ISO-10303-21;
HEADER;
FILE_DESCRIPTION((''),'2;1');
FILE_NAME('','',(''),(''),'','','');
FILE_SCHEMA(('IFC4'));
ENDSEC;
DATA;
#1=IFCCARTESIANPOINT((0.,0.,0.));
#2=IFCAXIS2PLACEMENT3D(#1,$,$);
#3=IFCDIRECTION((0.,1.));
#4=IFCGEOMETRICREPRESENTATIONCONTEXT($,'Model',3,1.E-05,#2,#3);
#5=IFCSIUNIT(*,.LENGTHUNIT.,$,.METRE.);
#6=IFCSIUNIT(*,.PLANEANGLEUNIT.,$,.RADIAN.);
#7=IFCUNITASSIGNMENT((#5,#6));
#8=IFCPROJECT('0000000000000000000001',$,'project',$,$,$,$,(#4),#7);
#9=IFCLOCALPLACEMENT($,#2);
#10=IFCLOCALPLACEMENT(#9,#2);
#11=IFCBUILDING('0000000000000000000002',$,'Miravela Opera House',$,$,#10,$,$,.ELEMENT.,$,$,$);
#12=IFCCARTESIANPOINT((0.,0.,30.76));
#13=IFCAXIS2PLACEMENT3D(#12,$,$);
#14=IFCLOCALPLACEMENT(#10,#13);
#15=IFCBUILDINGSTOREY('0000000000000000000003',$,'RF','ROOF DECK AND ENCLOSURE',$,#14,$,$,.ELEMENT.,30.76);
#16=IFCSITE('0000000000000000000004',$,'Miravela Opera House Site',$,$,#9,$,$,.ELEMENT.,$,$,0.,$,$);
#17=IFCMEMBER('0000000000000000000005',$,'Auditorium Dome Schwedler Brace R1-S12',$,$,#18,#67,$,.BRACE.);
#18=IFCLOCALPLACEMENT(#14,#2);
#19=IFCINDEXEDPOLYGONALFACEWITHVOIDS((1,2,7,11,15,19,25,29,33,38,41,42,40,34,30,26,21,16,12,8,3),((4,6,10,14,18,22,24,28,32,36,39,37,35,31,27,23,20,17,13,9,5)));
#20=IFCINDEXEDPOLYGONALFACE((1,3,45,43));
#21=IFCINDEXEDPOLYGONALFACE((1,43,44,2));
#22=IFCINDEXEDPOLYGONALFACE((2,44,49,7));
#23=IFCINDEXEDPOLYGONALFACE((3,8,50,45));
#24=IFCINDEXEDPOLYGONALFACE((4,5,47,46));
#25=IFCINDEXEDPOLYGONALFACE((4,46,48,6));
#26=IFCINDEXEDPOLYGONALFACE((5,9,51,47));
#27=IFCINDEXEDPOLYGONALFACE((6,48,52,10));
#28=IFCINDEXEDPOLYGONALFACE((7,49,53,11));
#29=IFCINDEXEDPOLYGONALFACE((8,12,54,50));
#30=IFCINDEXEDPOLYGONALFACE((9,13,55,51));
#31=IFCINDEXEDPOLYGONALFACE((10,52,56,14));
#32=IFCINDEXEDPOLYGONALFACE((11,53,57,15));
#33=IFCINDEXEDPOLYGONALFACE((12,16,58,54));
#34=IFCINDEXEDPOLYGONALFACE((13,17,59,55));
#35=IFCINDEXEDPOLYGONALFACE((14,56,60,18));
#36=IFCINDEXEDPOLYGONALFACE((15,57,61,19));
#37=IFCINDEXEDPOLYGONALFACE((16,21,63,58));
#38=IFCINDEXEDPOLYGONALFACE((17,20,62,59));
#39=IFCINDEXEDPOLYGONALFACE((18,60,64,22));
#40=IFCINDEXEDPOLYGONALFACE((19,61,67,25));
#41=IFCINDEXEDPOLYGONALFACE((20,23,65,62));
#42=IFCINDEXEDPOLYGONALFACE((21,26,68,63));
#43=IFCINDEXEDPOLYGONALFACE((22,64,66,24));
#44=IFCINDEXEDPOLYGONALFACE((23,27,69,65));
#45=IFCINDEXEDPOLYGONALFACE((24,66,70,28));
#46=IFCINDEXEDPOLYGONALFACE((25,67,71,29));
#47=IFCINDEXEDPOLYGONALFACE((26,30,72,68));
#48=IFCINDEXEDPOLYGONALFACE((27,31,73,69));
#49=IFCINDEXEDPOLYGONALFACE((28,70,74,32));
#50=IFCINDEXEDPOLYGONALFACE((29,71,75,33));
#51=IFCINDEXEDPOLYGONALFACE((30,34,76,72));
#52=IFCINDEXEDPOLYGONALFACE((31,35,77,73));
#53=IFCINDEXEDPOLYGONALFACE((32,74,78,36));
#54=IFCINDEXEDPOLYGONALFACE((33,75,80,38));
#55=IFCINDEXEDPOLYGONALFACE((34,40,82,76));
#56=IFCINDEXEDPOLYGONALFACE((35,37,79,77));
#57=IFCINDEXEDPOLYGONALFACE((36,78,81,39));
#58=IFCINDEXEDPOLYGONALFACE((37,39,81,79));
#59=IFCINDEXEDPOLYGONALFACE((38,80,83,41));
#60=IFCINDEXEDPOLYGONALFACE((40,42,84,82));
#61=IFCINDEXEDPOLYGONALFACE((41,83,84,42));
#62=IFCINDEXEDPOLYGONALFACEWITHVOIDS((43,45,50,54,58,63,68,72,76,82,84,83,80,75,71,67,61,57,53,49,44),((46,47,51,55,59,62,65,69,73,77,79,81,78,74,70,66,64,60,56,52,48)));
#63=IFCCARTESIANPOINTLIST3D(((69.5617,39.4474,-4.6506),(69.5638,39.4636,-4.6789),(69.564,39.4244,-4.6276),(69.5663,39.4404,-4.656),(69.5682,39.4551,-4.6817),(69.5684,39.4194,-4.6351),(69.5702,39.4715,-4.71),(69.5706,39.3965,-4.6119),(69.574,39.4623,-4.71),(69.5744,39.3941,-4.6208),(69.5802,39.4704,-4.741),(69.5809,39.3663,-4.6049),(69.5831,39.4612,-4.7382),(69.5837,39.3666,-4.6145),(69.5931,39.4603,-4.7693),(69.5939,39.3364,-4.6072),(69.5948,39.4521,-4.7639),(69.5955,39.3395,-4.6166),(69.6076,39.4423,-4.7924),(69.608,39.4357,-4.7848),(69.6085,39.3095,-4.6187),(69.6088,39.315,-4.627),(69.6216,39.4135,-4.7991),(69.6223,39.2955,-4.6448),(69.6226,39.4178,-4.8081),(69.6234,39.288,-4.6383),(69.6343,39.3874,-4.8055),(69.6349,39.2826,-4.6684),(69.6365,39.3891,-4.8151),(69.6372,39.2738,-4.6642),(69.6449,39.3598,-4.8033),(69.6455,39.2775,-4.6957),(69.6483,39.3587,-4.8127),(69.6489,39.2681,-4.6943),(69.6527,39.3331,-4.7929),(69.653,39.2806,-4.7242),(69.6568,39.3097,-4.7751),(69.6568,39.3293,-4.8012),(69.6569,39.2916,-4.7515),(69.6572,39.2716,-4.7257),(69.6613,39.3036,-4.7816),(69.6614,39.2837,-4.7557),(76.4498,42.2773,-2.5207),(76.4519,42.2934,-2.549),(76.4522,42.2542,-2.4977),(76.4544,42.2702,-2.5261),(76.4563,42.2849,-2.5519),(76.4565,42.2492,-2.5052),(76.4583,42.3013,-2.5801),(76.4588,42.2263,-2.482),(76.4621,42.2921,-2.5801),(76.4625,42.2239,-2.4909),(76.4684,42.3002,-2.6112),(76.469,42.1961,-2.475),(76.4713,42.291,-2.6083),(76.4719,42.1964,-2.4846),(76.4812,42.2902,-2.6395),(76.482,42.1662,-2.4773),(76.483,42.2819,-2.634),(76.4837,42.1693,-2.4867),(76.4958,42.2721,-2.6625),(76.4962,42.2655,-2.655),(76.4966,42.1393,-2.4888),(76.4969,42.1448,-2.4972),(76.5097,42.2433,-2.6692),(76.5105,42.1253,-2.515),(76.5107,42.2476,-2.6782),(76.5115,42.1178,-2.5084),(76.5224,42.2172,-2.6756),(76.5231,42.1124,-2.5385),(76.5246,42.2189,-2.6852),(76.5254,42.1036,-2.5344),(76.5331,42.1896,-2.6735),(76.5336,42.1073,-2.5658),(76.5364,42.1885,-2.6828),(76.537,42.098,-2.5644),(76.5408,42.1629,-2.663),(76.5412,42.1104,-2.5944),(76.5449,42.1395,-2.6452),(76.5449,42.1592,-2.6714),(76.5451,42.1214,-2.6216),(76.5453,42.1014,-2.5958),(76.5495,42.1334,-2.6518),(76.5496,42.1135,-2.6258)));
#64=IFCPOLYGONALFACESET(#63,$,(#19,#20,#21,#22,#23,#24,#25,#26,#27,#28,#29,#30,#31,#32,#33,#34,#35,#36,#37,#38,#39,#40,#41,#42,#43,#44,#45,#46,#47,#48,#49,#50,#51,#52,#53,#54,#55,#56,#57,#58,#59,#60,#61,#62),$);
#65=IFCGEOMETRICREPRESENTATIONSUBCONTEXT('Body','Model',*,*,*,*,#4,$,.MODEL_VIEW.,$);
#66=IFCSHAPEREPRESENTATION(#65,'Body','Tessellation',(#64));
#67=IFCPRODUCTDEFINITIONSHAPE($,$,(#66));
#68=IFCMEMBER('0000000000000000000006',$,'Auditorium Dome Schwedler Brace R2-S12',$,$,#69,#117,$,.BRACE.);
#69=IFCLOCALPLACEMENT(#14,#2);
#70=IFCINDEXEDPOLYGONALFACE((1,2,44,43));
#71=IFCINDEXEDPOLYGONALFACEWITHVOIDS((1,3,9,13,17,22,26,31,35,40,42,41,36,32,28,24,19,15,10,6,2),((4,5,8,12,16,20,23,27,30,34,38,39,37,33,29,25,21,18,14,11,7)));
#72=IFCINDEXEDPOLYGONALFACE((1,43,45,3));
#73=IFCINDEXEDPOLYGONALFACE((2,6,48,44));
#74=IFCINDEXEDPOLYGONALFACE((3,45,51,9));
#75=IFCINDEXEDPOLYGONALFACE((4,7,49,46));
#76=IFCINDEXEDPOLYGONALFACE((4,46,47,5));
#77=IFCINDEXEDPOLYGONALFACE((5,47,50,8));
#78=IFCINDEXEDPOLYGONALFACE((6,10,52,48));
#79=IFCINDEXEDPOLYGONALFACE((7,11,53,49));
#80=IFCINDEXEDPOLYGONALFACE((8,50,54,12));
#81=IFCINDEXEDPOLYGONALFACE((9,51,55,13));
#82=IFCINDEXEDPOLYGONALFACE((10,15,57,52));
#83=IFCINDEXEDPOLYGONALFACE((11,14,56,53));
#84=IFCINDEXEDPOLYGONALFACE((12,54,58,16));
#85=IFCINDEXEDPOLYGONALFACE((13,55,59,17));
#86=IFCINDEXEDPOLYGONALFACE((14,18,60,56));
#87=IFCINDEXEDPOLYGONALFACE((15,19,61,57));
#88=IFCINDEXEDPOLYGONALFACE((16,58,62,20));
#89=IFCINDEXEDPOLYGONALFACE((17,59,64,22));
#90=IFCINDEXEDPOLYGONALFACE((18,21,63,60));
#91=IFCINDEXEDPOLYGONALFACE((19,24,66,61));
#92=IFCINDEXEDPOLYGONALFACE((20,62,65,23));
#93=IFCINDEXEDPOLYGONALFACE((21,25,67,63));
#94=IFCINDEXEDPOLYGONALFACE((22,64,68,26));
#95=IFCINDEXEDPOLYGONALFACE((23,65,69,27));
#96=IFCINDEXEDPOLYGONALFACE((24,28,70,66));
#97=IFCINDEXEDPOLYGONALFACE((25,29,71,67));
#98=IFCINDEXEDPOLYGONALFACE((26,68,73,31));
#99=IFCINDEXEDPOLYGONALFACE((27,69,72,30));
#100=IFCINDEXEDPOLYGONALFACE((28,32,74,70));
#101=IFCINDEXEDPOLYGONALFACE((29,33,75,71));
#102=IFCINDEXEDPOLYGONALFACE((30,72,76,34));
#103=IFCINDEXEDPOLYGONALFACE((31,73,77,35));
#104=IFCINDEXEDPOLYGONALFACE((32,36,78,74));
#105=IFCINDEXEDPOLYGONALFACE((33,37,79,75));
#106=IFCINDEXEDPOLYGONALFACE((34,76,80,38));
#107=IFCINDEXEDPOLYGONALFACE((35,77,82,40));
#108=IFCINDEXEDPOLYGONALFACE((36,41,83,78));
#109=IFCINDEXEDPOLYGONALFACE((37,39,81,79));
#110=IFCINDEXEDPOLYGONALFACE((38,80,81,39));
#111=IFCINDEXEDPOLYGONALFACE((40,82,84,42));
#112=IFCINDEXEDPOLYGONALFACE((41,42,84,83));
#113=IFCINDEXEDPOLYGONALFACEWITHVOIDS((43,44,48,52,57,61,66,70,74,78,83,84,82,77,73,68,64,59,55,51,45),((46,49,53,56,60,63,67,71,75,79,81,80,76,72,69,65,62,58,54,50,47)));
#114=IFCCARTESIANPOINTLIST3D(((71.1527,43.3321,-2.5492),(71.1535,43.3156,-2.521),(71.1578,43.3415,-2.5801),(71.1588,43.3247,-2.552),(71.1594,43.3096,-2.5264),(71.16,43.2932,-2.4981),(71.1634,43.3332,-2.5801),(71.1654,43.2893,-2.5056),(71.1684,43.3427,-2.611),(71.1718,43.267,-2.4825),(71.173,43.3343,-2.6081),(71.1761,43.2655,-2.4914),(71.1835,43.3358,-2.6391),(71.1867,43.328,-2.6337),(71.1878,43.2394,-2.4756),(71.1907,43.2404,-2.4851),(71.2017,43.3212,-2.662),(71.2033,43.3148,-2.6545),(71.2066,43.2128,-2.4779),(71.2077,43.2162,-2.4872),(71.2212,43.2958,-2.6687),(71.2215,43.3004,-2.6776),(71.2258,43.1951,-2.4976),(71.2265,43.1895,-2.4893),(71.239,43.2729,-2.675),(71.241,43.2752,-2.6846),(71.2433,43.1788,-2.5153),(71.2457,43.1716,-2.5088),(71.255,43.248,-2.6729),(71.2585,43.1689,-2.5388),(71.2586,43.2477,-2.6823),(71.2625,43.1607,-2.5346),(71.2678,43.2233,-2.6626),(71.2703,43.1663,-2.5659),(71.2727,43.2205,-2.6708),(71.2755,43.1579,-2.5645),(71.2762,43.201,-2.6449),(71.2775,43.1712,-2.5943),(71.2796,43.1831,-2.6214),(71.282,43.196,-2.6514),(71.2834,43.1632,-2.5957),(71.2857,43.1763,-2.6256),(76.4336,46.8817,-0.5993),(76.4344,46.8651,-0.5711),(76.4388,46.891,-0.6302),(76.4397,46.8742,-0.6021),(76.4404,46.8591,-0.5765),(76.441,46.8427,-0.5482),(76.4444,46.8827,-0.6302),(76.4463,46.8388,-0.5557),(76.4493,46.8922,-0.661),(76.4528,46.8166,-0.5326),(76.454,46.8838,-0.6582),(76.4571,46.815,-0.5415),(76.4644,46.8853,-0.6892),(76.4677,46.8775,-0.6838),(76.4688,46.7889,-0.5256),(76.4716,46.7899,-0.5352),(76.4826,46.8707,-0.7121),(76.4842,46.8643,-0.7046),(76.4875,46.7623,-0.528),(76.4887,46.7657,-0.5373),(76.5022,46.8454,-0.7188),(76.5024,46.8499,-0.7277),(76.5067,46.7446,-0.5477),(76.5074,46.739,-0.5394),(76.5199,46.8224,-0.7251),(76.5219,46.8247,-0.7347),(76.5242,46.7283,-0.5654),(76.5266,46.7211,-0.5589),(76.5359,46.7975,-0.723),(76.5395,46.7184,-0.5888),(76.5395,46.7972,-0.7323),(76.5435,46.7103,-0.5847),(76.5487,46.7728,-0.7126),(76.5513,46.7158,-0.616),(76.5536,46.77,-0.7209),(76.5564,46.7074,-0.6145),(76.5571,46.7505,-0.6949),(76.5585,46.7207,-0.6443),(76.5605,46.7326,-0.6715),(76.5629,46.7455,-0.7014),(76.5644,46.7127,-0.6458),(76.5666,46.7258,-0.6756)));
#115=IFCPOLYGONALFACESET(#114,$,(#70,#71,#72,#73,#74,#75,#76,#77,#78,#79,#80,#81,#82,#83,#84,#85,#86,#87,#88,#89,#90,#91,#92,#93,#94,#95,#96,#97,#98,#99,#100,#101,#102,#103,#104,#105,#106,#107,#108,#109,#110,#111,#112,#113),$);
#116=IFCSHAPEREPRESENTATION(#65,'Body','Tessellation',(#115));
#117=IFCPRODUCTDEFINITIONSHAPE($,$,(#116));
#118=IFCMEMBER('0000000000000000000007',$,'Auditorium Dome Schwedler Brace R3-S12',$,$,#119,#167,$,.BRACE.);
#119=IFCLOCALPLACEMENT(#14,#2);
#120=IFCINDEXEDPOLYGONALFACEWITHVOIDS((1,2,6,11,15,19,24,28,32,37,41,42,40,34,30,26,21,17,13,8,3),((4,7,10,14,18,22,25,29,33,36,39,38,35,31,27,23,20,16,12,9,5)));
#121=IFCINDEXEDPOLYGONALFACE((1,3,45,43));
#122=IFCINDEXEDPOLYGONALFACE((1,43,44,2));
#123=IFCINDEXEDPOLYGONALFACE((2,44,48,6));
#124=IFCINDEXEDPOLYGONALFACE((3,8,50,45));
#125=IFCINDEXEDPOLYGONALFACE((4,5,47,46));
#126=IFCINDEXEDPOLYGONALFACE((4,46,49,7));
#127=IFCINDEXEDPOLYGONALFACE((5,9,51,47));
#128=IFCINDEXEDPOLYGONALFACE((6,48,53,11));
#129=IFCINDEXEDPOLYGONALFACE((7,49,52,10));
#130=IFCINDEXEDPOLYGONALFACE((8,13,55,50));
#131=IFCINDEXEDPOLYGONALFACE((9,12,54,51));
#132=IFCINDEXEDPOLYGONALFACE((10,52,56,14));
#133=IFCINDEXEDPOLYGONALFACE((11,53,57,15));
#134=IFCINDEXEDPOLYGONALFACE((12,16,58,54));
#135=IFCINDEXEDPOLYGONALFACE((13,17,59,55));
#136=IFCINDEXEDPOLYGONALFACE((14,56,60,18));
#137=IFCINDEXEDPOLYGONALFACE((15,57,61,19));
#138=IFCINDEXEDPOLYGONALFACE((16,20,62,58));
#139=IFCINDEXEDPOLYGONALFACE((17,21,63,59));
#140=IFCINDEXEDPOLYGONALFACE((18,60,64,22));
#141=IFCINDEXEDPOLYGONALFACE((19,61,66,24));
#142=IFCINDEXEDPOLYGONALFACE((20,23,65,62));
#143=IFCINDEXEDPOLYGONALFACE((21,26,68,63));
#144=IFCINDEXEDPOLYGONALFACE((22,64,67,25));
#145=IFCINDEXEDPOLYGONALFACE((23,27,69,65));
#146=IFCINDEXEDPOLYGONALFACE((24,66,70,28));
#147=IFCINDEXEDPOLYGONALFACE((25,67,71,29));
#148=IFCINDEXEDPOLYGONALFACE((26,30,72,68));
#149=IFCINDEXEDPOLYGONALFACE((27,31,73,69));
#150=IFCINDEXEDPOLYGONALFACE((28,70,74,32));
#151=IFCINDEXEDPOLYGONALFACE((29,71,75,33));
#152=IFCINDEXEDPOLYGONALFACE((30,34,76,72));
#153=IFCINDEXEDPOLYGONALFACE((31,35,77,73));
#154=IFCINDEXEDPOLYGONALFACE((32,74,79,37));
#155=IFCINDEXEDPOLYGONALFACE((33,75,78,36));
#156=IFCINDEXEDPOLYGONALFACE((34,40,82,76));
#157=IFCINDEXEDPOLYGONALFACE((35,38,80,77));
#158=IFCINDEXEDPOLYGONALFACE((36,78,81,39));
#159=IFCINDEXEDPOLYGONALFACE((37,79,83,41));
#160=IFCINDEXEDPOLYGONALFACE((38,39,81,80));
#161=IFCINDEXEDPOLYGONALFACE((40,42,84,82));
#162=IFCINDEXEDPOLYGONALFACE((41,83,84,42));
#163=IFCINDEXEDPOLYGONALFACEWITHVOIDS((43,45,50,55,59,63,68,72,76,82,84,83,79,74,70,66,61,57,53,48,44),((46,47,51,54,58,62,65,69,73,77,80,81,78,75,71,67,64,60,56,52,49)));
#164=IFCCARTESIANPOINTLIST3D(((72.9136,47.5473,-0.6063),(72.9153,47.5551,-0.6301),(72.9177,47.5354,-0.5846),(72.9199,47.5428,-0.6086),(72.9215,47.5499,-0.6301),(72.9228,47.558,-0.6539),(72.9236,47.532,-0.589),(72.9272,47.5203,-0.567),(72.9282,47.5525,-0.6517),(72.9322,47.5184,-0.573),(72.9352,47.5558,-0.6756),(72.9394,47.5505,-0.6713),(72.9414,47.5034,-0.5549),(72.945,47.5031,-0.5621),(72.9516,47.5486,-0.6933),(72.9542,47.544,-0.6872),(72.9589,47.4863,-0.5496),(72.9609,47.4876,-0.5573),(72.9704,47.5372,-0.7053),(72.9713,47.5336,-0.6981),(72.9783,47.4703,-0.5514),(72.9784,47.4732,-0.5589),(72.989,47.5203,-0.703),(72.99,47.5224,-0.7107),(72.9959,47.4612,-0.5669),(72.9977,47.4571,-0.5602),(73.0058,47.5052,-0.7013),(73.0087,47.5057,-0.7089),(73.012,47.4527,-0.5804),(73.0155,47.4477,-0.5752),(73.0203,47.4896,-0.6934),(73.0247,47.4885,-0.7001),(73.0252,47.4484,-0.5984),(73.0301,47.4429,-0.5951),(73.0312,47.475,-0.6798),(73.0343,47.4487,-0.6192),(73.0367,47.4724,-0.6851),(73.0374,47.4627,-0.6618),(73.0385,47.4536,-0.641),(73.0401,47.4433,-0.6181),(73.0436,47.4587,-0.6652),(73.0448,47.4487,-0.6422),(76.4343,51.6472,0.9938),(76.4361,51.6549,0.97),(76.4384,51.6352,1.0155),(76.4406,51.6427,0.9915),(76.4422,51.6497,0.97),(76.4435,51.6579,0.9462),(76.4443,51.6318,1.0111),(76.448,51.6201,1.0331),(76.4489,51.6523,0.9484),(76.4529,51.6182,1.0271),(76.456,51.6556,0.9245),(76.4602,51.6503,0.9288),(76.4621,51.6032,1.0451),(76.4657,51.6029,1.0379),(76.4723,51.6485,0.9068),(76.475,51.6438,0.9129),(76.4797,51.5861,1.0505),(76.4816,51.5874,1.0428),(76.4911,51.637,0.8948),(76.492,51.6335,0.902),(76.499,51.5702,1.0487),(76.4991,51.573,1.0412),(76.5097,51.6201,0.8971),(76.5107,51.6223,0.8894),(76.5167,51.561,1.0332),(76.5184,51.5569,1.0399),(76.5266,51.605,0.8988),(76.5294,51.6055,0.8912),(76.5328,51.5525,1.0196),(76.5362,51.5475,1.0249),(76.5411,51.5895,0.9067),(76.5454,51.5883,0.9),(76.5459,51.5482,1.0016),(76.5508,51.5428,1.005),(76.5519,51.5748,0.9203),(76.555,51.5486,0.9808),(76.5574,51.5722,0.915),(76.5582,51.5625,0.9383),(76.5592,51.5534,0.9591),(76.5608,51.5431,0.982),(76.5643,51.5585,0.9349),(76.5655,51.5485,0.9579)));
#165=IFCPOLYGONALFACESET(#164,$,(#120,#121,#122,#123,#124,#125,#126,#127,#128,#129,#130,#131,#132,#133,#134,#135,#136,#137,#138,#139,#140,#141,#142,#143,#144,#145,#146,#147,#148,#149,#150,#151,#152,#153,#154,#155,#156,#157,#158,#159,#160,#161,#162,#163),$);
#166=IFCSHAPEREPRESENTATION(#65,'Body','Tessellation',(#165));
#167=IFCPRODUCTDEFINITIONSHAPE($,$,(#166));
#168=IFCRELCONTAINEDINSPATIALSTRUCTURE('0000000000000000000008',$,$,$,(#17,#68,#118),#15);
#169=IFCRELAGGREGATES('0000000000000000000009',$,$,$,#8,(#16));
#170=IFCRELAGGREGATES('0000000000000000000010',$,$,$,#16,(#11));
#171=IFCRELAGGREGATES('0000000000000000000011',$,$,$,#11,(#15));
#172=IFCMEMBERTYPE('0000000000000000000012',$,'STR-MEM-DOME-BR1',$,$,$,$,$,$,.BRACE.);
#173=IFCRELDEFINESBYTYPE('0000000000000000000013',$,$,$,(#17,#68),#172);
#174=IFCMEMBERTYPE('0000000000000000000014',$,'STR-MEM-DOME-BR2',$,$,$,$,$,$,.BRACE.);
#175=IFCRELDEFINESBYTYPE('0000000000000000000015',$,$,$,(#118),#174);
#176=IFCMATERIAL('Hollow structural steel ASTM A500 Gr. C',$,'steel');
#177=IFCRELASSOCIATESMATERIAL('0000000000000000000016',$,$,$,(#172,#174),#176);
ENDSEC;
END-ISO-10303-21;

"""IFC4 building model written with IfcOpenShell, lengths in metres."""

from ifc_helpers import new_model, si_unit, direction, frame, origin, origin_2d, place, context, subcontext, project, spatial, hollow_circle, extrude, material, material_profile, profile_set, type_object, element, save


model = new_model("IFC4")

# Units and contexts
model_context = context("Model", 3, precision=1e-05, world=origin(), true_north=direction((0.0, 1.0)))
body_context = subcontext(model_context, "Body", "Model", "MODEL_VIEW")
ifc_project = project(units=[si_unit("LENGTHUNIT", "METRE"), si_unit("PLANEANGLEUNIT", "RADIAN")], contexts=[model_context])

# Site, building, storey
site_placement = place(None, origin())
site = spatial("IfcSite", under=ifc_project, at=site_placement, Name="Miravela Opera House Site", CompositionType="ELEMENT", RefElevation=0.0)
building_placement = place(site_placement, origin())
building = spatial("IfcBuilding", under=site, at=building_placement, Name="Miravela Opera House", CompositionType="ELEMENT")
storey_placement = place(building_placement, frame((0.0, 0.0, 30.76)))
storey = spatial("IfcBuildingStorey", under=building, at=storey_placement, Name="RF", Description="ROOF DECK AND ENCLOSURE", CompositionType="ELEMENT", Elevation=30.76)

# Members
ifc_material_1 = material(Name="Hollow structural steel ASTM A500 Gr. C", Category="steel")
ifc_material_profile_1 = material_profile(ifc_material_1, hollow_circle(Radius=0.1096, WallThickness=0.01, at=origin_2d()), Name="CHS219X10")
ifc_profile_set_1 = profile_set([ifc_material_profile_1])
member_type_1 = type_object("IfcMemberType", Name="STR-MEM-DOME-BR1", PredefinedType="BRACE", material=ifc_profile_set_1)
member_1_placement = place(storey_placement, frame((69.6118, 39.3701, -4.71), z_axis=(0.889324, 0.365356, 0.274986), x_axis=(-0.380006, 0.924984, 0.0)))
element("IfcMember", 1, at=member_1_placement, inside=storey, type_object=member_type_1, Name="Auditorium Dome Schwedler Brace R1-S12", PredefinedType="BRACE", context=body_context, shape_type="SweptSolid", body=[
    extrude(hollow_circle(Radius=0.1096, WallThickness=0.01, at=origin_2d()), origin(), (0.0, 0.0, 1.0), 7.7454),
])
member_2_placement = place(storey_placement, frame((71.219, 43.2505, -2.5801), z_axis=(0.793524, 0.533357, 0.293), x_axis=(-0.55784, 0.829949, 0.0)))
element("IfcMember", 2, at=member_2_placement, inside=storey, type_object=member_type_1, Name="Auditorium Dome Schwedler Brace R2-S12", PredefinedType="BRACE", context=body_context, shape_type="SweptSolid", body=[
    extrude(hollow_circle(Radius=0.1096, WallThickness=0.01, at=origin_2d()), origin(), (0.0, 0.0, 1.0), 6.655),
])
ifc_material_profile_2 = material_profile(ifc_material_1, hollow_circle(Radius=0.0842, WallThickness=0.0081, at=origin_2d()), Name="CHS168X8")
ifc_profile_set_2 = profile_set([ifc_material_profile_2])
member_type_2 = type_object("IfcMemberType", Name="STR-MEM-DOME-BR2", PredefinedType="BRACE", material=ifc_profile_set_2)
member_3_placement = place(storey_placement, frame((72.9792, 47.5002, -0.6301), z_axis=(0.624687, 0.727437, 0.283905), x_axis=(-0.758654, 0.651494, 0.0)))
element("IfcMember", 3, at=member_3_placement, inside=storey, type_object=member_type_2, Name="Auditorium Dome Schwedler Brace R3-S12", PredefinedType="BRACE", context=body_context, shape_type="SweptSolid", body=[
    extrude(hollow_circle(Radius=0.0842, WallThickness=0.0081, at=origin_2d()), origin(), (0.0, 0.0, 1.0), 5.636),
])

save(model, "model.ifc")
